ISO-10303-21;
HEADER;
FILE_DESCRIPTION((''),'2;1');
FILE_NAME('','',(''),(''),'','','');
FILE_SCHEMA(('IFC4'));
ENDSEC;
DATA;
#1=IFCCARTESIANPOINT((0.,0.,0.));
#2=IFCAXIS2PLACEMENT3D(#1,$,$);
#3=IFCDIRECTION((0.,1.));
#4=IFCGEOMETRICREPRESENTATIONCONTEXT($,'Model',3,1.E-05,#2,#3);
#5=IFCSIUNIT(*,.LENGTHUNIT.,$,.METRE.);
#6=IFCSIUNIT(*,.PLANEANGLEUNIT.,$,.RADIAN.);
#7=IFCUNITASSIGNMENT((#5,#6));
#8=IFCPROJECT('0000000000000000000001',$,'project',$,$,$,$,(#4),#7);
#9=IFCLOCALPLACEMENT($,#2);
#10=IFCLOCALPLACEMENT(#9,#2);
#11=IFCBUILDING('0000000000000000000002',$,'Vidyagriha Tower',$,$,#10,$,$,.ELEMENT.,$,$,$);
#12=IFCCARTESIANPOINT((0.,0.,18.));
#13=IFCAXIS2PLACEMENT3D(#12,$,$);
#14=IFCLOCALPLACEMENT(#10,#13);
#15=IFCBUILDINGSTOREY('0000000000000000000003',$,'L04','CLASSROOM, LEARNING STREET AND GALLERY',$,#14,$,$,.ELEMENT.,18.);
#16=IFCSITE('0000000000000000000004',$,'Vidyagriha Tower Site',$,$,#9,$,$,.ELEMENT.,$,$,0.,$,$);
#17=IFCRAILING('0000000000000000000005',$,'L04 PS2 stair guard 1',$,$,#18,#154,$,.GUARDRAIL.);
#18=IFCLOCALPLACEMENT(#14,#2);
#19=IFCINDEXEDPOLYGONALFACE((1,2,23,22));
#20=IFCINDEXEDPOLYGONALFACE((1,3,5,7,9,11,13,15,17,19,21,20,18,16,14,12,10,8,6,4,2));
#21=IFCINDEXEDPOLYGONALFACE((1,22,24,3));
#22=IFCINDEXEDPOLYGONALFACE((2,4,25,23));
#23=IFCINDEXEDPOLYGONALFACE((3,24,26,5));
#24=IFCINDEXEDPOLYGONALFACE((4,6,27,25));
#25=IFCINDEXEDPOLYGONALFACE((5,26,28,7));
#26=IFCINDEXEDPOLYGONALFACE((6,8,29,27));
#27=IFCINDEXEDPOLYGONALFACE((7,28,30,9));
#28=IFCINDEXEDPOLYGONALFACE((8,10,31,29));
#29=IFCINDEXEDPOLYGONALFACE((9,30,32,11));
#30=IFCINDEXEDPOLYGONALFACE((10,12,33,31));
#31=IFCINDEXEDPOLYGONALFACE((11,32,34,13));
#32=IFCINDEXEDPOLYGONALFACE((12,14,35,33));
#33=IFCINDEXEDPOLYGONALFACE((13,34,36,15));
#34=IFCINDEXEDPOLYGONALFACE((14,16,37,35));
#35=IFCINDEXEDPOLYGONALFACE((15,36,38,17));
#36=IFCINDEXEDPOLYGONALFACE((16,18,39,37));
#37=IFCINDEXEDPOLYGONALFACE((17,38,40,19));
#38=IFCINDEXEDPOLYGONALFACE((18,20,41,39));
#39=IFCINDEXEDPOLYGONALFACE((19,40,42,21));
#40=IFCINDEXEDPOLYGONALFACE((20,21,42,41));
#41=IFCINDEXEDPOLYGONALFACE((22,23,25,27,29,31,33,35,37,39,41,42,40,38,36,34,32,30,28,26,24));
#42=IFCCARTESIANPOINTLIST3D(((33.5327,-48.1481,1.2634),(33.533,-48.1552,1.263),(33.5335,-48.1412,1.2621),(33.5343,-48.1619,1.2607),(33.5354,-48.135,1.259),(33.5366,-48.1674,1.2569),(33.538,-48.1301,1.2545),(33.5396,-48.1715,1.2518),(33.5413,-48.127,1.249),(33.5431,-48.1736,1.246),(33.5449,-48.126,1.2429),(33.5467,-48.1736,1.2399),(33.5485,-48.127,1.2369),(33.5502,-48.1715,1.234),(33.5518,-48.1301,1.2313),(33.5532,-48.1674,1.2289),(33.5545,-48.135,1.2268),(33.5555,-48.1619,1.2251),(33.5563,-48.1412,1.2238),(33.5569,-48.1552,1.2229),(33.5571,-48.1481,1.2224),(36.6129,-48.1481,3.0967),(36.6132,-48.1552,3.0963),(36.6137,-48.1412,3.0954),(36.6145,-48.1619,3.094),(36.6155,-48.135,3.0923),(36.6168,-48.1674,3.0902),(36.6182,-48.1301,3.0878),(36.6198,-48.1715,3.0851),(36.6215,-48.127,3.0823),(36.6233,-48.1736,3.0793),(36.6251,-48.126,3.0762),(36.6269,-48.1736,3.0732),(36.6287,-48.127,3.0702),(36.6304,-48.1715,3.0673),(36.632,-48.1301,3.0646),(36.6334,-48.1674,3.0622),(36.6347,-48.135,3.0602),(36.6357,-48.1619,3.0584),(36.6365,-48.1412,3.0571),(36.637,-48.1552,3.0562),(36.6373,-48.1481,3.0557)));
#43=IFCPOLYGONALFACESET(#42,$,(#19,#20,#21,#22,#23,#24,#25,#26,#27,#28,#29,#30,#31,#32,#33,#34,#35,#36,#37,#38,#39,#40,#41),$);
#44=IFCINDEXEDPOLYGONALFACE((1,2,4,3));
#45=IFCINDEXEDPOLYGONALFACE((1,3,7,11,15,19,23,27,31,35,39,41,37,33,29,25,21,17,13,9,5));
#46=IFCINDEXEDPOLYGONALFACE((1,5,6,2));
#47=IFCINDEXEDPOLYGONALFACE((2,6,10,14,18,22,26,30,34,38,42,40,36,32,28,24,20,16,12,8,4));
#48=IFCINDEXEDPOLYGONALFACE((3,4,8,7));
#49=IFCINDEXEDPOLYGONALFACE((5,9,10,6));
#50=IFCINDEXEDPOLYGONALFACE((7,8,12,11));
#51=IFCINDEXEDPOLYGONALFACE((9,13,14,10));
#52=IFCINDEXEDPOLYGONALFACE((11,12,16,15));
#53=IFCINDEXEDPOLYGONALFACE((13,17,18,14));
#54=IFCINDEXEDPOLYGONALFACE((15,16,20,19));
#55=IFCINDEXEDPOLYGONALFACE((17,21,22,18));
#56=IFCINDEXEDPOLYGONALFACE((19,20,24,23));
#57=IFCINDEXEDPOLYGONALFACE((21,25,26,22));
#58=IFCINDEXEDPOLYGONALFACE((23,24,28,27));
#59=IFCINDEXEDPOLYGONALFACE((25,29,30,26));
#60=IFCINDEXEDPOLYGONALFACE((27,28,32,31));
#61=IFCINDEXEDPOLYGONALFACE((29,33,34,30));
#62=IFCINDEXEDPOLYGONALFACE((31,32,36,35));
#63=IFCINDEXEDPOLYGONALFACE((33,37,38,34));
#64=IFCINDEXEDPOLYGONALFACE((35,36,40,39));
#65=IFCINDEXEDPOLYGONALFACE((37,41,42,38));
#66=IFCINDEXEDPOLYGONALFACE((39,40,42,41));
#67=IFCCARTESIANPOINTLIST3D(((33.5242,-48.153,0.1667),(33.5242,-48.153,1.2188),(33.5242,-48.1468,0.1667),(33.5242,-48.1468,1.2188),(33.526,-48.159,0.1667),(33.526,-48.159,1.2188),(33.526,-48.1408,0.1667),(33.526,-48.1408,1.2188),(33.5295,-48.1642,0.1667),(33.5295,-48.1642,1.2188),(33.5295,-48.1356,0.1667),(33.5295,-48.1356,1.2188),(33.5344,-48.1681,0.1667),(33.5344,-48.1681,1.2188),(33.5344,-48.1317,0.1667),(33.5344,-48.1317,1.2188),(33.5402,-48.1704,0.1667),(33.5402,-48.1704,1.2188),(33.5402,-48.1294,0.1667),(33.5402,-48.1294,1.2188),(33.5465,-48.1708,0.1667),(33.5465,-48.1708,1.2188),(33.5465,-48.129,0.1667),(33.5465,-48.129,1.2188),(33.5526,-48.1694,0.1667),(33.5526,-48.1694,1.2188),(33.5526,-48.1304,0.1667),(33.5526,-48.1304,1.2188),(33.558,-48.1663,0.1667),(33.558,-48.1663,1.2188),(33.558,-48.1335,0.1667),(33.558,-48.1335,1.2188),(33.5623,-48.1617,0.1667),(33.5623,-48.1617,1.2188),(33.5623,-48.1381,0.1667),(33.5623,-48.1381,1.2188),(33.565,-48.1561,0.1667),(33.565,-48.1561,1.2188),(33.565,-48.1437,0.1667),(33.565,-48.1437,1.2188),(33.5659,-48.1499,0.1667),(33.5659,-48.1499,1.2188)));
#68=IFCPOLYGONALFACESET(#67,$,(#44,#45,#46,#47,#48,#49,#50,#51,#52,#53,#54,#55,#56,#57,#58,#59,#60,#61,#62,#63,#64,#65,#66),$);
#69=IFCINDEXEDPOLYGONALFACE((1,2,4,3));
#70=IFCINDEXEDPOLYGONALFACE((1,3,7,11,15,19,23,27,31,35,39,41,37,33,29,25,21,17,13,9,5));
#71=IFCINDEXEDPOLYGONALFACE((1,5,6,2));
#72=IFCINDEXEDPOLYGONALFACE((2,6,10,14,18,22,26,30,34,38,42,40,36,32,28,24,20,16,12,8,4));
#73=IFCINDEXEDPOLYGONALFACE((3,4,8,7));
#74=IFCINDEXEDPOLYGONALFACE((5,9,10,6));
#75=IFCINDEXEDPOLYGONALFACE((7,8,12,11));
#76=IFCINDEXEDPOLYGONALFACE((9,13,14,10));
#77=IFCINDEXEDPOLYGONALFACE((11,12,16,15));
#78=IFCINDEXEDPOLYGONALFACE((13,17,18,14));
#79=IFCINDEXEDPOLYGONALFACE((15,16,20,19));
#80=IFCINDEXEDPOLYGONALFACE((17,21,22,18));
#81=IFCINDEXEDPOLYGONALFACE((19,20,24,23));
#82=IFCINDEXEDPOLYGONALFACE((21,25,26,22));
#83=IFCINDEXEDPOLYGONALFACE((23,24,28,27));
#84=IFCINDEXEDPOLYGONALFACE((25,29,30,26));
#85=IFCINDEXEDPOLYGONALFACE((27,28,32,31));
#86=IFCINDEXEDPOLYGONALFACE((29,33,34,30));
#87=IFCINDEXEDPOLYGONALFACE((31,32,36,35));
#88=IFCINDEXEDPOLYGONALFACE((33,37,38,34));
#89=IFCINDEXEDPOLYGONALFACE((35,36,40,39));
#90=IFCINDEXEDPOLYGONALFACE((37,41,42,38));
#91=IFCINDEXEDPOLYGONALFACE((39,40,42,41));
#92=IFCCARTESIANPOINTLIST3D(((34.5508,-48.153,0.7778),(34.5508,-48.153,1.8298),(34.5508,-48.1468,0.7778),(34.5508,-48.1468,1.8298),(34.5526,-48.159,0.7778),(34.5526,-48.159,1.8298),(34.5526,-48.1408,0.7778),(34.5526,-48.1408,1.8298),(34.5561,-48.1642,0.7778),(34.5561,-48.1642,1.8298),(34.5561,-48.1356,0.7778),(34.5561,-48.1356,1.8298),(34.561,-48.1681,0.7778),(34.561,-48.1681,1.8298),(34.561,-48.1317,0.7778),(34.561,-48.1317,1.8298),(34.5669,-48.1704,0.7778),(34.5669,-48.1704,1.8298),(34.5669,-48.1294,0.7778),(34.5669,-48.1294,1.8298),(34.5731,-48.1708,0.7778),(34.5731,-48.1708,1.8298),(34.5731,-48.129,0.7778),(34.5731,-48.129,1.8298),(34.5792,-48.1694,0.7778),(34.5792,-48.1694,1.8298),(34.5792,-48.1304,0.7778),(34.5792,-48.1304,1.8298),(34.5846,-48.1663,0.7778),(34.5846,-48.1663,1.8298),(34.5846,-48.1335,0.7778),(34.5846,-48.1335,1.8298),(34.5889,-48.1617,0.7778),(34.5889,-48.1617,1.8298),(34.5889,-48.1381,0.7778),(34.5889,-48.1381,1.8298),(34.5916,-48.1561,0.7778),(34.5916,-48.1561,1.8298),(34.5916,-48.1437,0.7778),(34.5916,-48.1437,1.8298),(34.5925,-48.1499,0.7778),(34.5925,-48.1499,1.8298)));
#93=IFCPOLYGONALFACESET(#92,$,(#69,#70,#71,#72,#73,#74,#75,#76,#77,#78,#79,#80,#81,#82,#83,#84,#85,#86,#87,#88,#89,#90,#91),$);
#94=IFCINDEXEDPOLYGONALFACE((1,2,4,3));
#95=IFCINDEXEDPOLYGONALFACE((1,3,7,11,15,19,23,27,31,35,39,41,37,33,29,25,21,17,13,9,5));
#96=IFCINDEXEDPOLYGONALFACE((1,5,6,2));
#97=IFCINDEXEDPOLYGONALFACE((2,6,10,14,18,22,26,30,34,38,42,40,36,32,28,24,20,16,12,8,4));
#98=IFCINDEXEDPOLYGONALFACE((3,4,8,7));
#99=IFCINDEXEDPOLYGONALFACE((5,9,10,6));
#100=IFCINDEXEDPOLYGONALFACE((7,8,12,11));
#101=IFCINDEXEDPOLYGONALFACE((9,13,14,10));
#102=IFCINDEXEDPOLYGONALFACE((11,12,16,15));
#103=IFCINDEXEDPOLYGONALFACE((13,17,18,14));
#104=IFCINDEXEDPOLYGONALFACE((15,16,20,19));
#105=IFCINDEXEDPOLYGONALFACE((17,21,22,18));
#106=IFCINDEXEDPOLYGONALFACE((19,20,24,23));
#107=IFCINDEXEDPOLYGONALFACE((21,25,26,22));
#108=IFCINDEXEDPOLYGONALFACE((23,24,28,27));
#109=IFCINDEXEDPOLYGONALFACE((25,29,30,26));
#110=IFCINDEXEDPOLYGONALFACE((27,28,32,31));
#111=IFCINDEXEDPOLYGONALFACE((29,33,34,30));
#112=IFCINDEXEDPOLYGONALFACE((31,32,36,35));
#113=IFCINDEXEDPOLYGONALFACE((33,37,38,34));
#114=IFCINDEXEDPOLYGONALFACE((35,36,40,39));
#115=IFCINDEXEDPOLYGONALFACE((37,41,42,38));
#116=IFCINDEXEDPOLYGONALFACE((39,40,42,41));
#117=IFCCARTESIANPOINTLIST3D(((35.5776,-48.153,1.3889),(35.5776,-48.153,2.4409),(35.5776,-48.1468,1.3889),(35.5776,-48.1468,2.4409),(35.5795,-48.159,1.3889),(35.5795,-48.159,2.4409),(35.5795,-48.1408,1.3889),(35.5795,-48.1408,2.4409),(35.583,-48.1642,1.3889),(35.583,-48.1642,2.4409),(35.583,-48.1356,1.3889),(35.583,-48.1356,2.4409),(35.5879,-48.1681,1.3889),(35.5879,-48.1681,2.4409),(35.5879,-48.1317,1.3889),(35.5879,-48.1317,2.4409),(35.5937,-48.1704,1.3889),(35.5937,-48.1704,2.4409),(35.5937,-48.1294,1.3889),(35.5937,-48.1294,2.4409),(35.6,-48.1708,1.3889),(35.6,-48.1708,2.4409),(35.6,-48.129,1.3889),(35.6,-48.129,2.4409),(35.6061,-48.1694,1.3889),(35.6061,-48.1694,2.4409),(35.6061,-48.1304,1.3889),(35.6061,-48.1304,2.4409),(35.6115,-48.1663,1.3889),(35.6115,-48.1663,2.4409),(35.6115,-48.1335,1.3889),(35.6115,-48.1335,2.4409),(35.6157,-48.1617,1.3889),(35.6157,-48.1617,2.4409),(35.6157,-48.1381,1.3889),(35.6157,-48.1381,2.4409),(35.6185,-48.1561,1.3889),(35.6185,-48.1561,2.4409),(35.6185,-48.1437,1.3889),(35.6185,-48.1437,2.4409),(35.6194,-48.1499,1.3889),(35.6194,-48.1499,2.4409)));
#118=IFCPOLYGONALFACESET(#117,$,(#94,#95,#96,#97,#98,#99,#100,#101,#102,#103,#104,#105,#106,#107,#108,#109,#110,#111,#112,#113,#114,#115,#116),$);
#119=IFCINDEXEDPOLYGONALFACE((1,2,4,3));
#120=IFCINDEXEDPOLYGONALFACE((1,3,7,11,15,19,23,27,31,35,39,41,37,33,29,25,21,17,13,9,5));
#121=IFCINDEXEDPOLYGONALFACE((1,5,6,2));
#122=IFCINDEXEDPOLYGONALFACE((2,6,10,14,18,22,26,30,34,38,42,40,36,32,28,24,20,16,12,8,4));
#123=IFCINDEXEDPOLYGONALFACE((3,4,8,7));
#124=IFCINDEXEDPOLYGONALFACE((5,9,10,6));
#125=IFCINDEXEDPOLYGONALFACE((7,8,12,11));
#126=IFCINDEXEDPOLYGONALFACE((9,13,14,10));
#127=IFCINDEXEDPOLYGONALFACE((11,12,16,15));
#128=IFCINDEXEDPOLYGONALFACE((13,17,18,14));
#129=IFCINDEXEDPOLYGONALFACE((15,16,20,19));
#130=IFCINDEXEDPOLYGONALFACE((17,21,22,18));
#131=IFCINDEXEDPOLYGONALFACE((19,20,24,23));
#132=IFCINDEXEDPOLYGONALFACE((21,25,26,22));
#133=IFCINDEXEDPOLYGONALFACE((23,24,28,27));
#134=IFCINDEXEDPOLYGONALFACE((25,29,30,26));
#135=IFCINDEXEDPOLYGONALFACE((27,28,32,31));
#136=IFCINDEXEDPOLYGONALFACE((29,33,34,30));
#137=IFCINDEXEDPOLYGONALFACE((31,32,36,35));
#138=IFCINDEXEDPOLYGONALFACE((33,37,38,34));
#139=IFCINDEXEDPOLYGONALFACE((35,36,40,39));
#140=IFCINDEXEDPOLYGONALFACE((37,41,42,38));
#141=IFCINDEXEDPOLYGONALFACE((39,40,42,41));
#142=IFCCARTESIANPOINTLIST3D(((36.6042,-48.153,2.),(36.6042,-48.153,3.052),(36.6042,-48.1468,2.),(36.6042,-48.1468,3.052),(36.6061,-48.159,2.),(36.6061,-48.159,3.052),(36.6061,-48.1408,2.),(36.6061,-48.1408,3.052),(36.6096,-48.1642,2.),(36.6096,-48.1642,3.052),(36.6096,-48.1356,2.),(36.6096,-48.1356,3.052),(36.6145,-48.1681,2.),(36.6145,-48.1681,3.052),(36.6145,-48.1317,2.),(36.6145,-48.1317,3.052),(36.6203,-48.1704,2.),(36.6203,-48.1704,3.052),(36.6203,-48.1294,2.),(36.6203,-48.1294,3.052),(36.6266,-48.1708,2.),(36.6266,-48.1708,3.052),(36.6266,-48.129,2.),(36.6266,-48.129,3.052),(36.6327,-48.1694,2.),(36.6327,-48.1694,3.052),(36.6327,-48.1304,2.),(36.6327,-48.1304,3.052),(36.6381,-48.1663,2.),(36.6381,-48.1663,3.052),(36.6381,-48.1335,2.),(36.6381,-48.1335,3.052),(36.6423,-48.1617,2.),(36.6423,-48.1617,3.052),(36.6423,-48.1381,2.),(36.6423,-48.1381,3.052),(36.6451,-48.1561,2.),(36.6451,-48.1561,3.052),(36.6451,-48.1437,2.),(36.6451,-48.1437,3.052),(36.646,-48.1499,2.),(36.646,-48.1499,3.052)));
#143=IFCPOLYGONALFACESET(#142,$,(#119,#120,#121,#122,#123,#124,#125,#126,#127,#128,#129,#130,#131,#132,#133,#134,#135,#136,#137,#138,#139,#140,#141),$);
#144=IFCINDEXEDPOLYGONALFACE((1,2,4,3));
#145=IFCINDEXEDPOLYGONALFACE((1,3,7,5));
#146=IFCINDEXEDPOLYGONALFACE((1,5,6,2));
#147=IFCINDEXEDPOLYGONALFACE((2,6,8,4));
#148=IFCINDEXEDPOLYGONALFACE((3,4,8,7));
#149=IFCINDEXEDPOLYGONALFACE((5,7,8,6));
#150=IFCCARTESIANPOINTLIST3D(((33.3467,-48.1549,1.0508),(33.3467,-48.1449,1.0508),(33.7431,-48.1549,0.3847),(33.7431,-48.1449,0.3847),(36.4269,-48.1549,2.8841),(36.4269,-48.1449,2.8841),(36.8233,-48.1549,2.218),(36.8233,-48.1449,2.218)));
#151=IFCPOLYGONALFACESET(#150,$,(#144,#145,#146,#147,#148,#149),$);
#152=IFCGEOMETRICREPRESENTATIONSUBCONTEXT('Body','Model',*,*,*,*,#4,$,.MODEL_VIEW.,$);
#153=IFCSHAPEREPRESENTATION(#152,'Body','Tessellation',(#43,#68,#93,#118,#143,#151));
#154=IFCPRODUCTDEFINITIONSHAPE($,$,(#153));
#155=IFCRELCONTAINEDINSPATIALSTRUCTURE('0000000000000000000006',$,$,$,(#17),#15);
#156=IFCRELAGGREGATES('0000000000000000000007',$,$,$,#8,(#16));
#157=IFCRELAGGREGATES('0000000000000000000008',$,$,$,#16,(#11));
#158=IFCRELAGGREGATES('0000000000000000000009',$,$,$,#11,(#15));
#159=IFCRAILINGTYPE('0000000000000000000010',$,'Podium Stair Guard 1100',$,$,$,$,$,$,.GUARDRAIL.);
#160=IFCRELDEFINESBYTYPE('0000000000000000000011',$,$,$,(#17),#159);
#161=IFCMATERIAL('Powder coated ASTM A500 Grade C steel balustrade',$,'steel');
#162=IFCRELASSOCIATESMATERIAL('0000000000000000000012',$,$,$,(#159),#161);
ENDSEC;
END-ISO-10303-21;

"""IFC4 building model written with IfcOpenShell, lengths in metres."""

from ifc_helpers import new_model, si_unit, direction, frame, origin, origin_2d, place, context, subcontext, project, spatial, rectangle, circle, extrude, material, type_object, element, save


model = new_model("IFC4")

# Units and contexts
model_context = context("Model", 3, precision=1e-05, world=origin(), true_north=direction((0.0, 1.0)))
body_context = subcontext(model_context, "Body", "Model", "MODEL_VIEW")
ifc_project = project(units=[si_unit("LENGTHUNIT", "METRE"), si_unit("PLANEANGLEUNIT", "RADIAN")], contexts=[model_context])

# Site, building, storey
site_placement = place(None, origin())
site = spatial("IfcSite", under=ifc_project, at=site_placement, Name="Vidyagriha Tower Site", CompositionType="ELEMENT", RefElevation=0.0)
building_placement = place(site_placement, origin())
building = spatial("IfcBuilding", under=site, at=building_placement, Name="Vidyagriha Tower", CompositionType="ELEMENT")
storey_placement = place(building_placement, frame((0.0, 0.0, 18.0)))
storey = spatial("IfcBuildingStorey", under=building, at=storey_placement, Name="L04", Description="CLASSROOM, LEARNING STREET AND GALLERY", CompositionType="ELEMENT", Elevation=18.0)

# Railing
ifc_material_1 = material(Name="Powder coated ASTM A500 Grade C steel balustrade", Category="steel")
railing_type_1 = type_object("IfcRailingType", Name="Podium Stair Guard 1100", PredefinedType="GUARDRAIL", material=ifc_material_1)
railing_1_placement = place(storey_placement, frame((33.5449, -48.1499, 0.1667)))
element("IfcRailing", 1, at=railing_1_placement, inside=storey, type_object=railing_type_1, Name="L04 PS2 stair guard 1", PredefinedType="GUARDRAIL", context=body_context, shape_type="SweptSolid", body=[
    extrude(circle(Radius=0.0239, at=origin_2d()), frame((0.0, 0.0, 1.0762), z_axis=(0.859309, 0.0, 0.511458), x_axis=(0.0, 1.0, 0.0)), (0.0, 0.0, 1.0), 3.5845),
    extrude(circle(Radius=0.021, at=origin_2d()), origin(), (0.0, 0.0, 1.0), 1.052),
    extrude(circle(Radius=0.021, at=origin_2d()), frame((1.0266, 0.0, 0.6111)), (0.0, 0.0, 1.0), 1.052),
    extrude(circle(Radius=0.021, at=origin_2d()), frame((2.0535, 0.0, 1.2222)), (0.0, 0.0, 1.0), 1.052),
    extrude(circle(Radius=0.021, at=origin_2d()), frame((3.0801, 0.0, 1.8333)), (0.0, 0.0, 1.0), 1.052),
    extrude(rectangle(XDim=0.01, YDim=0.7751, at=origin_2d()), frame((0.0, 0.0, 0.551), z_axis=(0.859309, 0.0, 0.511458), x_axis=(0.0, 1.0, 0.0)), (0.0, 0.0, 1.0), 3.5845),
])

save(model, "model.ifc")
